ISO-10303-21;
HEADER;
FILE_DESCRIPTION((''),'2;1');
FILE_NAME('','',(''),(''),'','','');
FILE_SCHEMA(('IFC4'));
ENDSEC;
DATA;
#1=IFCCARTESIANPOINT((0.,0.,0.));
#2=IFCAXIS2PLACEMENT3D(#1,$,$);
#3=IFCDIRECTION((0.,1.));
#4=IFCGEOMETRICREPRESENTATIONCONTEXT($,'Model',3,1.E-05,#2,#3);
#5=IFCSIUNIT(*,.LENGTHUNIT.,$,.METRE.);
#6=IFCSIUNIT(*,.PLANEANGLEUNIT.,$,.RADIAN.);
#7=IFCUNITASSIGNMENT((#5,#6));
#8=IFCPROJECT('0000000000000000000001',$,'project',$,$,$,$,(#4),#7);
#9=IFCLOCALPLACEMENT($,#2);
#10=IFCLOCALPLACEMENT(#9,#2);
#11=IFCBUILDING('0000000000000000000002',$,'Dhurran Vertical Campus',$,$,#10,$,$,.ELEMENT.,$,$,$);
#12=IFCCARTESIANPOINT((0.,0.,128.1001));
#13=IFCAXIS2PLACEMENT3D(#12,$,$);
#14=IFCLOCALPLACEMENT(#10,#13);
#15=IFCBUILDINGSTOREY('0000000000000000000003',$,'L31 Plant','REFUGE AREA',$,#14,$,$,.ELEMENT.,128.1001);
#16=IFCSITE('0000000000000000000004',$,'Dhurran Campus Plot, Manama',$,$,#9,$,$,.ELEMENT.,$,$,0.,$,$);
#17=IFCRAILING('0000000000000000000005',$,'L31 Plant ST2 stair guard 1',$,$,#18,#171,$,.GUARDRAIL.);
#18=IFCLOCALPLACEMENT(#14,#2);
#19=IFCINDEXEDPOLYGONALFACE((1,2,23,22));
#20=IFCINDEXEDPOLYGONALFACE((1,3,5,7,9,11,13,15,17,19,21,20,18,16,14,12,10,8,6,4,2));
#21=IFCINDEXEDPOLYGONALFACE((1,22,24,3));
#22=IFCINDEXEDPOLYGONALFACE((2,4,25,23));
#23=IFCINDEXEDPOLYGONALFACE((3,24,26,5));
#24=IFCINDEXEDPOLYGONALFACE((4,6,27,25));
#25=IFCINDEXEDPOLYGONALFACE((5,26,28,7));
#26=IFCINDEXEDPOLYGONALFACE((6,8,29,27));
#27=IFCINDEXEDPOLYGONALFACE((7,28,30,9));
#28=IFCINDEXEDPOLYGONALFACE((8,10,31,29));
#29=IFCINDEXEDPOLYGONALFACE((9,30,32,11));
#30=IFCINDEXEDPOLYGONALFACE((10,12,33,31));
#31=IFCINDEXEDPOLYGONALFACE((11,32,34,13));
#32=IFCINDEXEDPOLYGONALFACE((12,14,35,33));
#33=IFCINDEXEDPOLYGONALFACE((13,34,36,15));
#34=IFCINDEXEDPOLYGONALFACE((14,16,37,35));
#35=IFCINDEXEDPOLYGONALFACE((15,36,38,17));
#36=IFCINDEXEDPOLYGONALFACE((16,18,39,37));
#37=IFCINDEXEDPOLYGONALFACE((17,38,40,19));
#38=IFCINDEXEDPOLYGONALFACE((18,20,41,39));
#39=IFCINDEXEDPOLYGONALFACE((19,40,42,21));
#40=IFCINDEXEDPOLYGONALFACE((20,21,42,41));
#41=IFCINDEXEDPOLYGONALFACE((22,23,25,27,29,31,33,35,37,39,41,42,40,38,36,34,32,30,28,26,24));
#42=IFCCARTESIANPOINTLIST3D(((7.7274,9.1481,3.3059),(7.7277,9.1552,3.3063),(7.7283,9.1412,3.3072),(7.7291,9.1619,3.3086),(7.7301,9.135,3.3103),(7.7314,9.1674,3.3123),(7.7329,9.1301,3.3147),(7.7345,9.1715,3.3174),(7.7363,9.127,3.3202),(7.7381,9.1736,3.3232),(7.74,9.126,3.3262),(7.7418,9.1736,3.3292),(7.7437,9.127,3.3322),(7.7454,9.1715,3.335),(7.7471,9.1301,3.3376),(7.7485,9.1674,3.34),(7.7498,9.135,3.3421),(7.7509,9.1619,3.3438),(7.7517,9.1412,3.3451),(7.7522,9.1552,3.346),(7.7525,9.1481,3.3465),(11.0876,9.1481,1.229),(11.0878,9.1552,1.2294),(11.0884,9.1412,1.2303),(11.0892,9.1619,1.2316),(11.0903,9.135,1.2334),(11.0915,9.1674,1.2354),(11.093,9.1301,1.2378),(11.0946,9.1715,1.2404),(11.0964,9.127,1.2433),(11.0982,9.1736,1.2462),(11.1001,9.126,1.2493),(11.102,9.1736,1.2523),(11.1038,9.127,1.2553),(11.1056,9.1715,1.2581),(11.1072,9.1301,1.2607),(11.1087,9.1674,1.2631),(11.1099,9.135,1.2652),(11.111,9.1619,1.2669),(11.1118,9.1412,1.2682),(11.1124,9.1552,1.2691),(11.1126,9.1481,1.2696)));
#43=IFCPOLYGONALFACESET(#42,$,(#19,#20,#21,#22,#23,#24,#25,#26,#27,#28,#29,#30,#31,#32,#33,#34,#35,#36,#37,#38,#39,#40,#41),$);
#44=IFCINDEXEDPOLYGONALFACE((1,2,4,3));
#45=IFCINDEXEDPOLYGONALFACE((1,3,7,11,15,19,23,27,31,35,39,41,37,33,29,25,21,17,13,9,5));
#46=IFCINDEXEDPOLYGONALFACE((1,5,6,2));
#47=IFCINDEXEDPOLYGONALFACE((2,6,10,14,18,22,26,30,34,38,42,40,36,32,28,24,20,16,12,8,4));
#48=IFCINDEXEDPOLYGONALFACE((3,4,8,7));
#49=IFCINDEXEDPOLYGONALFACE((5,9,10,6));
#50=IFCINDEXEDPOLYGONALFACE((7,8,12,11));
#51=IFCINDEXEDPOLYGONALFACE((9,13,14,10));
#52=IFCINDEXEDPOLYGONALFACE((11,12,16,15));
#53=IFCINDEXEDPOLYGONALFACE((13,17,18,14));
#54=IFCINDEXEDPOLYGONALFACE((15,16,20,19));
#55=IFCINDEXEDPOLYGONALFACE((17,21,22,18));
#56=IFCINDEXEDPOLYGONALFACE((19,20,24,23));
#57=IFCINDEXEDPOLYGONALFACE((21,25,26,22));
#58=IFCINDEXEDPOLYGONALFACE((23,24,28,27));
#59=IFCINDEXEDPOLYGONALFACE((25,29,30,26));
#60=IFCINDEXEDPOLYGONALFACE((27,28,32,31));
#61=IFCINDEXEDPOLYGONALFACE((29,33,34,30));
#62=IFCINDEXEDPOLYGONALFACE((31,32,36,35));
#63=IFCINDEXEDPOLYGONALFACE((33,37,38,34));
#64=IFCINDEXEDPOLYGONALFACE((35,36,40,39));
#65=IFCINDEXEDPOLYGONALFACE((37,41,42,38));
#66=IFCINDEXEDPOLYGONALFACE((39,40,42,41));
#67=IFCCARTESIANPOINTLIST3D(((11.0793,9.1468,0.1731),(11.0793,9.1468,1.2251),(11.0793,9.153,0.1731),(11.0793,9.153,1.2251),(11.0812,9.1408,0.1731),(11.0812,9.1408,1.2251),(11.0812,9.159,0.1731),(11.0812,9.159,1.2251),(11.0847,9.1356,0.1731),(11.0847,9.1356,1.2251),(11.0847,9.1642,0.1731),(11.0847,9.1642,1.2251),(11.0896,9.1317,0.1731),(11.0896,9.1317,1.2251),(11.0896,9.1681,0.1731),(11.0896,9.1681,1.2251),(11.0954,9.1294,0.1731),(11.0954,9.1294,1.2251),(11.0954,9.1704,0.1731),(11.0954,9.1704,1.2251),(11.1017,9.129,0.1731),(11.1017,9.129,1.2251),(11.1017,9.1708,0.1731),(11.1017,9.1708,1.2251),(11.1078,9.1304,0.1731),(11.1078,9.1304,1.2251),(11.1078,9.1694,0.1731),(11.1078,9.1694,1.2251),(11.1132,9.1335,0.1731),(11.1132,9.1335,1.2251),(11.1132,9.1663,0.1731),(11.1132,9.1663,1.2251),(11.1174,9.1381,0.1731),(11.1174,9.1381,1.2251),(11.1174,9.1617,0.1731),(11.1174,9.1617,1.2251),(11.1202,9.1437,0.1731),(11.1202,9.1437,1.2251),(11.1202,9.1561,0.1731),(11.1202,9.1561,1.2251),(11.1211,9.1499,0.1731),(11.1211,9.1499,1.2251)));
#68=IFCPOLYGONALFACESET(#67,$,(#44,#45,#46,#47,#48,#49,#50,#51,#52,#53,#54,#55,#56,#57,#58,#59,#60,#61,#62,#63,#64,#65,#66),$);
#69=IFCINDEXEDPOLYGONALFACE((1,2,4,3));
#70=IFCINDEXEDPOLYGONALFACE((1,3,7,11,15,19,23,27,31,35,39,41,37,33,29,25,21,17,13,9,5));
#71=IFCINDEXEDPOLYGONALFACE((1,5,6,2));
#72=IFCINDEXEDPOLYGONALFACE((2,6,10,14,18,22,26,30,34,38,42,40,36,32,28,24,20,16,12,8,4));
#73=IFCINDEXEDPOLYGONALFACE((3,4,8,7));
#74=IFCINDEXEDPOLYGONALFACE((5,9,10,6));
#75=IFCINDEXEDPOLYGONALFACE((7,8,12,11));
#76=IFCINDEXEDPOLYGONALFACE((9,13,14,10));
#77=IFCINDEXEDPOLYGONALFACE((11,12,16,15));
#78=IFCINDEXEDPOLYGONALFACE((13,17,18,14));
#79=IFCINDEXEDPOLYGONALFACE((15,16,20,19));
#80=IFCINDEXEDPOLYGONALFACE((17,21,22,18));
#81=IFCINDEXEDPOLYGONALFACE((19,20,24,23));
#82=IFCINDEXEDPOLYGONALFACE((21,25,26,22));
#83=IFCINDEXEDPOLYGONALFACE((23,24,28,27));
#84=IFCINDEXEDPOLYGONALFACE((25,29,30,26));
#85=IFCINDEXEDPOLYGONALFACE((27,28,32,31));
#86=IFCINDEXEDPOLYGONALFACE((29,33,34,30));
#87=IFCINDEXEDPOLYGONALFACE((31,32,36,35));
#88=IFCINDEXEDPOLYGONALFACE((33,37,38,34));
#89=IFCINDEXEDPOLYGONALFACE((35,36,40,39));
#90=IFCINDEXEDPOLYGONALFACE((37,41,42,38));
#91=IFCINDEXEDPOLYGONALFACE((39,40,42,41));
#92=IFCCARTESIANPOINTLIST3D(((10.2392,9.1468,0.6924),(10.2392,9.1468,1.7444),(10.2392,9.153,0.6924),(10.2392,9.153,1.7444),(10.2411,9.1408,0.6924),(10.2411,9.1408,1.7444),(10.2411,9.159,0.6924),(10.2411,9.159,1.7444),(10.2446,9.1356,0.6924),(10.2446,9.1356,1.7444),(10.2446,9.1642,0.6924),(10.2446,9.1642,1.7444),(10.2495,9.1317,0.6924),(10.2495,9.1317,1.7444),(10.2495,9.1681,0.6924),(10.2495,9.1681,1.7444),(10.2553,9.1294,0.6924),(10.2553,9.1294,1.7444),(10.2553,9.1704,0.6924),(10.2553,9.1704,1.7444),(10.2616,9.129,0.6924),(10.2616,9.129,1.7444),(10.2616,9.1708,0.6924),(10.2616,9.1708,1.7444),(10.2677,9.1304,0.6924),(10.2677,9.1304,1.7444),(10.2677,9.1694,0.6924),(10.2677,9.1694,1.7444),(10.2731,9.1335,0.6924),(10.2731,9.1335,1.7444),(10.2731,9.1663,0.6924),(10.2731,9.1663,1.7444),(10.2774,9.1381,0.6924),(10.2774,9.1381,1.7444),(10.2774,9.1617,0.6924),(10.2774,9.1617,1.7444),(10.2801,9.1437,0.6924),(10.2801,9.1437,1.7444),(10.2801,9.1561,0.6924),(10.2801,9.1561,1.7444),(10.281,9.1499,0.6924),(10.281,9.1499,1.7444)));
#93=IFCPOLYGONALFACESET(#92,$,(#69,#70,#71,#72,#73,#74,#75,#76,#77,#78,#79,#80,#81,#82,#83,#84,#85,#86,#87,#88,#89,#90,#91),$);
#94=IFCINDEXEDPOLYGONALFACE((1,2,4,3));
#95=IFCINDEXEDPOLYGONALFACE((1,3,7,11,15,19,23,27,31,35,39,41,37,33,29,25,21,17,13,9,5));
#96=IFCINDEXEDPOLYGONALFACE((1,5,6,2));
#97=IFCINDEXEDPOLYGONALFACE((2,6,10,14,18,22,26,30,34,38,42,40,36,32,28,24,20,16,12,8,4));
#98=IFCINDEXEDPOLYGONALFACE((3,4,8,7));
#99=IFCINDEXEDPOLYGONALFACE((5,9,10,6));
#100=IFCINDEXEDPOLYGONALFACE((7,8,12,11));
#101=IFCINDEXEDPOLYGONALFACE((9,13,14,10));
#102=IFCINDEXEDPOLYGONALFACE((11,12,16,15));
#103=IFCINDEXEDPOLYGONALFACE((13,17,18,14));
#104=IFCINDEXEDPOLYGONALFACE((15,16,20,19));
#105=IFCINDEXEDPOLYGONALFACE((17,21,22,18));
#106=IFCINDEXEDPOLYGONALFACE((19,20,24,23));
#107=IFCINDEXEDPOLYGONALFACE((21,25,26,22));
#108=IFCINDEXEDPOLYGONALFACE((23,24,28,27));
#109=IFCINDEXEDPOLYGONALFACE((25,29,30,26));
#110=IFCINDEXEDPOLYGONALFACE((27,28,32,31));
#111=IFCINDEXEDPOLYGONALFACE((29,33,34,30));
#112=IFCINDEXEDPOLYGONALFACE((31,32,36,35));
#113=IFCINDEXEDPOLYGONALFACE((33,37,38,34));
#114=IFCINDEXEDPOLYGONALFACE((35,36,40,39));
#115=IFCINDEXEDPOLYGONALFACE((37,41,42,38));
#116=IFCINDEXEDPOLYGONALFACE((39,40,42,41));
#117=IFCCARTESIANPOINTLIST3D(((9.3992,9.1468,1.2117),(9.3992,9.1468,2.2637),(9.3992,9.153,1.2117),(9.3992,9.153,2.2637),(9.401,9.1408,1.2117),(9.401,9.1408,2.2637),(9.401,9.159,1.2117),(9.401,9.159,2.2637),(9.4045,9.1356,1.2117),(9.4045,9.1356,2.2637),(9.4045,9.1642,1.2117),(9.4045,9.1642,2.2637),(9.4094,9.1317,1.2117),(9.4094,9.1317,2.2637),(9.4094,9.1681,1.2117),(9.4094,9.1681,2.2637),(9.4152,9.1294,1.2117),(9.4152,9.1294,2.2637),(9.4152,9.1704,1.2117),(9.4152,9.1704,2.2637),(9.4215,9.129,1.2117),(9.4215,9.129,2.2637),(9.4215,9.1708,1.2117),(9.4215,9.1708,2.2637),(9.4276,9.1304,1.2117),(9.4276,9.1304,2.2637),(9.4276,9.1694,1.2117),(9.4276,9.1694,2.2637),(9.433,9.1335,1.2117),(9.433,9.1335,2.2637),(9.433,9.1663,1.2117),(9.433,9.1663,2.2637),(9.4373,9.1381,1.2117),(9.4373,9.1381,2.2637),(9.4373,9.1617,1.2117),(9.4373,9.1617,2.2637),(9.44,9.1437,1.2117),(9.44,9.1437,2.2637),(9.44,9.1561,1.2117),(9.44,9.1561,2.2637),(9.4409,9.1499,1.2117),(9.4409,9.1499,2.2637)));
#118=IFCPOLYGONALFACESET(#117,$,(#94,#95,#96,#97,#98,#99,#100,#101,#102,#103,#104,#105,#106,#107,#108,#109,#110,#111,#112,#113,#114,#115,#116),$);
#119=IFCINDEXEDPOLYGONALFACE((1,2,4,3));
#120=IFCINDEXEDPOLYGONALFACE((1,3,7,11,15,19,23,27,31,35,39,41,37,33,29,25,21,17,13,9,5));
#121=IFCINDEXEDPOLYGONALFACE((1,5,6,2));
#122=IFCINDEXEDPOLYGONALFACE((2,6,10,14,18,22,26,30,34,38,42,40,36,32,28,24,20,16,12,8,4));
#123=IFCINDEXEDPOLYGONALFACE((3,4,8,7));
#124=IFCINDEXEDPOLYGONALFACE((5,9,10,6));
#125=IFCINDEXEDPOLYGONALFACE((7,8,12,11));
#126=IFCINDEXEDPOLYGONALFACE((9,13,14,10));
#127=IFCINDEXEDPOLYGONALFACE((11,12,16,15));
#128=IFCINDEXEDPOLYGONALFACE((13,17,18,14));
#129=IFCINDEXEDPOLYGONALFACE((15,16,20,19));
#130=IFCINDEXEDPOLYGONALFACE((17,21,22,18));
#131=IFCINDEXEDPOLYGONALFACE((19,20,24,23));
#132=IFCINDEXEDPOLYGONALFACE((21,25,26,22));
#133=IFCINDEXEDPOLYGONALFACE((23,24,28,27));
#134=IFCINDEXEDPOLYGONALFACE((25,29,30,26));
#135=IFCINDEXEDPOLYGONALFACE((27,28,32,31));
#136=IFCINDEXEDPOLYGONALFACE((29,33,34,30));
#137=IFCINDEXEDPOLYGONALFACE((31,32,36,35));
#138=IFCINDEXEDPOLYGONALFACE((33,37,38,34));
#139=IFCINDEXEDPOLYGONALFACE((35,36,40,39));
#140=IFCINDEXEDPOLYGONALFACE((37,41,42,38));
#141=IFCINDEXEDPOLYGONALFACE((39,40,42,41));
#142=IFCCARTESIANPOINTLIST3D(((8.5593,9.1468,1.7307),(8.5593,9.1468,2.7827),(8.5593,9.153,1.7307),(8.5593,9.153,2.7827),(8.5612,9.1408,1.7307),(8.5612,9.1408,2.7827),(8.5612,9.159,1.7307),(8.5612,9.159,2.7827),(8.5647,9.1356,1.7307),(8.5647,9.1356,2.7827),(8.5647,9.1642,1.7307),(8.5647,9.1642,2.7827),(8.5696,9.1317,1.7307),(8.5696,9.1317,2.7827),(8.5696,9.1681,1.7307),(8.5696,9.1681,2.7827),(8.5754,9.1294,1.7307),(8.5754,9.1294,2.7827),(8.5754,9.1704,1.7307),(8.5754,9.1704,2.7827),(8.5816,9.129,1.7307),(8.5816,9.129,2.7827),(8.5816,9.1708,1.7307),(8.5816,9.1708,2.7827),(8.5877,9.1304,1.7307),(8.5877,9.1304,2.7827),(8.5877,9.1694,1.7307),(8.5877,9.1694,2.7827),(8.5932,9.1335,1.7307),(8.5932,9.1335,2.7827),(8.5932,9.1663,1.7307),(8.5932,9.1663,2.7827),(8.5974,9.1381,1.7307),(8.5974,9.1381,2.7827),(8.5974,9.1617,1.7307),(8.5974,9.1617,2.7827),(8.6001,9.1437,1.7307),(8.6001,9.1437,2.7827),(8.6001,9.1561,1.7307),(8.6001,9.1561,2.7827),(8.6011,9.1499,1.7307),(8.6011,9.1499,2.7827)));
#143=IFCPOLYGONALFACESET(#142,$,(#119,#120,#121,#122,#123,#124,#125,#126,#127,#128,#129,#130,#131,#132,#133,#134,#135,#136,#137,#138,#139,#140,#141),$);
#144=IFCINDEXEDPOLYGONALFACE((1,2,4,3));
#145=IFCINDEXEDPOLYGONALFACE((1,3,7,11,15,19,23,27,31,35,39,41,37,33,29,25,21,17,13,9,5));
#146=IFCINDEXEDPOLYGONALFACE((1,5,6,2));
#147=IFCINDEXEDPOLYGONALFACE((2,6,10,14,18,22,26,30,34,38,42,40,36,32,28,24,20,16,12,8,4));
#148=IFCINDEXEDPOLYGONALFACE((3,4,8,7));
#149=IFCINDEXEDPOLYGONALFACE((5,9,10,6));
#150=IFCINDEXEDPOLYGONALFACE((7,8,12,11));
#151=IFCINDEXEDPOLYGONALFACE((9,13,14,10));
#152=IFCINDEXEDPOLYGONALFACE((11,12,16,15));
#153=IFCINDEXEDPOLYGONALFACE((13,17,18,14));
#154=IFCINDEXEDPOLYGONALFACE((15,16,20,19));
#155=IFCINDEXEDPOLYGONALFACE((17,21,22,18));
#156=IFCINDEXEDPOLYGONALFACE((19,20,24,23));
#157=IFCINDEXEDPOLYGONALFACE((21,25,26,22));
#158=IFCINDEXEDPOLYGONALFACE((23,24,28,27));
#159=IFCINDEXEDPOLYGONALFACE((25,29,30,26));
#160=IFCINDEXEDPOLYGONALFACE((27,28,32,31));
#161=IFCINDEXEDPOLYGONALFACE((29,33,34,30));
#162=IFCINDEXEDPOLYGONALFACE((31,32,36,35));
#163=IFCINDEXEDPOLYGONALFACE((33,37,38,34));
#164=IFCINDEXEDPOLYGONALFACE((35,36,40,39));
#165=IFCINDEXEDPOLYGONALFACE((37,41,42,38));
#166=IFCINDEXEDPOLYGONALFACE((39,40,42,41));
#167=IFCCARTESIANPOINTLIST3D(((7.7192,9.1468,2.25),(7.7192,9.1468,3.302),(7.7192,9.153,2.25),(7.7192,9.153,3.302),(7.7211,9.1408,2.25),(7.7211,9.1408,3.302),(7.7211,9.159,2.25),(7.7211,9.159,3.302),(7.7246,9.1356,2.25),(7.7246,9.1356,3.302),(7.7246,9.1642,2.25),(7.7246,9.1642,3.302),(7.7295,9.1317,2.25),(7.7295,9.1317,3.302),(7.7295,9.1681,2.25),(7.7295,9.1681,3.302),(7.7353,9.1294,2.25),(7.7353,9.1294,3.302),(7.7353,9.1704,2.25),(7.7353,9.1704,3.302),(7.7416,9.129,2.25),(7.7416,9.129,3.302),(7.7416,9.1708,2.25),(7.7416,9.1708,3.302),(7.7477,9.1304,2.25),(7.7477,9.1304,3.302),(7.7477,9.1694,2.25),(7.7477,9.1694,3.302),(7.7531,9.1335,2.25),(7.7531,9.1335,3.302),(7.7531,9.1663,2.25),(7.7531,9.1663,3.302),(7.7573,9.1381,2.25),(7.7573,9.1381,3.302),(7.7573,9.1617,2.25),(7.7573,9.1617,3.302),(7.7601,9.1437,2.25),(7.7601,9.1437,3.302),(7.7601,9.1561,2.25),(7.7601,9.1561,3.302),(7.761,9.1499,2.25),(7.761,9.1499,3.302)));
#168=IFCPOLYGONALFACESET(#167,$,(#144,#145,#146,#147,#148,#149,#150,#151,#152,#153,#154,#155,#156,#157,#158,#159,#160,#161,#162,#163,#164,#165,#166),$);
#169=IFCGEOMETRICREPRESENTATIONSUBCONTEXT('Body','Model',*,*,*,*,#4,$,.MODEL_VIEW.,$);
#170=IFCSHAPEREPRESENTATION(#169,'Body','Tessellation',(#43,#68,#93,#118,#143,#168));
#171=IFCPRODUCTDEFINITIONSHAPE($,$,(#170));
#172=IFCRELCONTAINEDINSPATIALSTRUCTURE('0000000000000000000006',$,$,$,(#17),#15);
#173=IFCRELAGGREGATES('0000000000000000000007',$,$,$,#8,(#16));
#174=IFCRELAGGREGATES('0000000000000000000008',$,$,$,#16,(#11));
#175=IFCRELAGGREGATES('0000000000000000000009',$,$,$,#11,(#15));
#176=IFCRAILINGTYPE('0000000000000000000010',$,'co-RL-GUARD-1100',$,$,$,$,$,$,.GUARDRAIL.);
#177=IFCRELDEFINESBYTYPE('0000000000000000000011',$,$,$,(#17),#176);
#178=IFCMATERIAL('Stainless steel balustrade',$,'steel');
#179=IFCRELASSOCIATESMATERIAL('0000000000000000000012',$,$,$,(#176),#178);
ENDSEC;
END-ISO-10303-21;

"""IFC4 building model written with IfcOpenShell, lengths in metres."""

from ifc_helpers import new_model, si_unit, direction, frame, origin, origin_2d, place, context, subcontext, project, spatial, circle, extrude, material, type_object, element, save


model = new_model("IFC4")

# Units and contexts
model_context = context("Model", 3, precision=1e-05, world=origin(), true_north=direction((0.0, 1.0)))
body_context = subcontext(model_context, "Body", "Model", "MODEL_VIEW")
ifc_project = project(units=[si_unit("LENGTHUNIT", "METRE"), si_unit("PLANEANGLEUNIT", "RADIAN")], contexts=[model_context])

# Site, building, storey
site_placement = place(None, origin())
site = spatial("IfcSite", under=ifc_project, at=site_placement, Name="Dhurran Campus Plot, Manama", CompositionType="ELEMENT", RefElevation=0.0)
building_placement = place(site_placement, origin())
building = spatial("IfcBuilding", under=site, at=building_placement, Name="Dhurran Vertical Campus", CompositionType="ELEMENT")
storey_placement = place(building_placement, frame((0.0, 0.0, 128.1001)))
storey = spatial("IfcBuildingStorey", under=building, at=storey_placement, Name="L31 Plant", Description="REFUGE AREA", CompositionType="ELEMENT", Elevation=128.1001)

# Railing
ifc_material_1 = material(Name="Stainless steel balustrade", Category="steel")
railing_type_1 = type_object("IfcRailingType", Name="co-RL-GUARD-1100", PredefinedType="GUARDRAIL", material=ifc_material_1)
railing_1_placement = place(storey_placement, frame((11.1001, 9.1499, 0.1731)))
element("IfcRailing", 1, at=railing_1_placement, inside=storey, type_object=railing_type_1, Name="L31 Plant ST2 stair guard 1", PredefinedType="GUARDRAIL", context=body_context, shape_type="SweptSolid", body=[
    extrude(circle(Radius=0.0239, at=origin_2d()), frame((0.0, 0.0, 1.0762), z_axis=(-0.850623, 0.0, 0.525776), x_axis=(0.0, -1.0, 0.0)), (0.0, 0.0, 1.0), 3.9502),
    extrude(circle(Radius=0.021, at=origin_2d()), origin(), (0.0, 0.0, 1.0), 1.052),
    extrude(circle(Radius=0.021, at=origin_2d()), frame((-0.8401, 0.0, 0.5193)), (0.0, 0.0, 1.0), 1.052),
    extrude(circle(Radius=0.021, at=origin_2d()), frame((-1.6802, 0.0, 1.0386)), (0.0, 0.0, 1.0), 1.052),
    extrude(circle(Radius=0.021, at=origin_2d()), frame((-2.52, 0.0, 1.5576)), (0.0, 0.0, 1.0), 1.052),
    extrude(circle(Radius=0.021, at=origin_2d()), frame((-3.3601, 0.0, 2.0769)), (0.0, 0.0, 1.0), 1.052),
])

save(model, "model.ifc")
